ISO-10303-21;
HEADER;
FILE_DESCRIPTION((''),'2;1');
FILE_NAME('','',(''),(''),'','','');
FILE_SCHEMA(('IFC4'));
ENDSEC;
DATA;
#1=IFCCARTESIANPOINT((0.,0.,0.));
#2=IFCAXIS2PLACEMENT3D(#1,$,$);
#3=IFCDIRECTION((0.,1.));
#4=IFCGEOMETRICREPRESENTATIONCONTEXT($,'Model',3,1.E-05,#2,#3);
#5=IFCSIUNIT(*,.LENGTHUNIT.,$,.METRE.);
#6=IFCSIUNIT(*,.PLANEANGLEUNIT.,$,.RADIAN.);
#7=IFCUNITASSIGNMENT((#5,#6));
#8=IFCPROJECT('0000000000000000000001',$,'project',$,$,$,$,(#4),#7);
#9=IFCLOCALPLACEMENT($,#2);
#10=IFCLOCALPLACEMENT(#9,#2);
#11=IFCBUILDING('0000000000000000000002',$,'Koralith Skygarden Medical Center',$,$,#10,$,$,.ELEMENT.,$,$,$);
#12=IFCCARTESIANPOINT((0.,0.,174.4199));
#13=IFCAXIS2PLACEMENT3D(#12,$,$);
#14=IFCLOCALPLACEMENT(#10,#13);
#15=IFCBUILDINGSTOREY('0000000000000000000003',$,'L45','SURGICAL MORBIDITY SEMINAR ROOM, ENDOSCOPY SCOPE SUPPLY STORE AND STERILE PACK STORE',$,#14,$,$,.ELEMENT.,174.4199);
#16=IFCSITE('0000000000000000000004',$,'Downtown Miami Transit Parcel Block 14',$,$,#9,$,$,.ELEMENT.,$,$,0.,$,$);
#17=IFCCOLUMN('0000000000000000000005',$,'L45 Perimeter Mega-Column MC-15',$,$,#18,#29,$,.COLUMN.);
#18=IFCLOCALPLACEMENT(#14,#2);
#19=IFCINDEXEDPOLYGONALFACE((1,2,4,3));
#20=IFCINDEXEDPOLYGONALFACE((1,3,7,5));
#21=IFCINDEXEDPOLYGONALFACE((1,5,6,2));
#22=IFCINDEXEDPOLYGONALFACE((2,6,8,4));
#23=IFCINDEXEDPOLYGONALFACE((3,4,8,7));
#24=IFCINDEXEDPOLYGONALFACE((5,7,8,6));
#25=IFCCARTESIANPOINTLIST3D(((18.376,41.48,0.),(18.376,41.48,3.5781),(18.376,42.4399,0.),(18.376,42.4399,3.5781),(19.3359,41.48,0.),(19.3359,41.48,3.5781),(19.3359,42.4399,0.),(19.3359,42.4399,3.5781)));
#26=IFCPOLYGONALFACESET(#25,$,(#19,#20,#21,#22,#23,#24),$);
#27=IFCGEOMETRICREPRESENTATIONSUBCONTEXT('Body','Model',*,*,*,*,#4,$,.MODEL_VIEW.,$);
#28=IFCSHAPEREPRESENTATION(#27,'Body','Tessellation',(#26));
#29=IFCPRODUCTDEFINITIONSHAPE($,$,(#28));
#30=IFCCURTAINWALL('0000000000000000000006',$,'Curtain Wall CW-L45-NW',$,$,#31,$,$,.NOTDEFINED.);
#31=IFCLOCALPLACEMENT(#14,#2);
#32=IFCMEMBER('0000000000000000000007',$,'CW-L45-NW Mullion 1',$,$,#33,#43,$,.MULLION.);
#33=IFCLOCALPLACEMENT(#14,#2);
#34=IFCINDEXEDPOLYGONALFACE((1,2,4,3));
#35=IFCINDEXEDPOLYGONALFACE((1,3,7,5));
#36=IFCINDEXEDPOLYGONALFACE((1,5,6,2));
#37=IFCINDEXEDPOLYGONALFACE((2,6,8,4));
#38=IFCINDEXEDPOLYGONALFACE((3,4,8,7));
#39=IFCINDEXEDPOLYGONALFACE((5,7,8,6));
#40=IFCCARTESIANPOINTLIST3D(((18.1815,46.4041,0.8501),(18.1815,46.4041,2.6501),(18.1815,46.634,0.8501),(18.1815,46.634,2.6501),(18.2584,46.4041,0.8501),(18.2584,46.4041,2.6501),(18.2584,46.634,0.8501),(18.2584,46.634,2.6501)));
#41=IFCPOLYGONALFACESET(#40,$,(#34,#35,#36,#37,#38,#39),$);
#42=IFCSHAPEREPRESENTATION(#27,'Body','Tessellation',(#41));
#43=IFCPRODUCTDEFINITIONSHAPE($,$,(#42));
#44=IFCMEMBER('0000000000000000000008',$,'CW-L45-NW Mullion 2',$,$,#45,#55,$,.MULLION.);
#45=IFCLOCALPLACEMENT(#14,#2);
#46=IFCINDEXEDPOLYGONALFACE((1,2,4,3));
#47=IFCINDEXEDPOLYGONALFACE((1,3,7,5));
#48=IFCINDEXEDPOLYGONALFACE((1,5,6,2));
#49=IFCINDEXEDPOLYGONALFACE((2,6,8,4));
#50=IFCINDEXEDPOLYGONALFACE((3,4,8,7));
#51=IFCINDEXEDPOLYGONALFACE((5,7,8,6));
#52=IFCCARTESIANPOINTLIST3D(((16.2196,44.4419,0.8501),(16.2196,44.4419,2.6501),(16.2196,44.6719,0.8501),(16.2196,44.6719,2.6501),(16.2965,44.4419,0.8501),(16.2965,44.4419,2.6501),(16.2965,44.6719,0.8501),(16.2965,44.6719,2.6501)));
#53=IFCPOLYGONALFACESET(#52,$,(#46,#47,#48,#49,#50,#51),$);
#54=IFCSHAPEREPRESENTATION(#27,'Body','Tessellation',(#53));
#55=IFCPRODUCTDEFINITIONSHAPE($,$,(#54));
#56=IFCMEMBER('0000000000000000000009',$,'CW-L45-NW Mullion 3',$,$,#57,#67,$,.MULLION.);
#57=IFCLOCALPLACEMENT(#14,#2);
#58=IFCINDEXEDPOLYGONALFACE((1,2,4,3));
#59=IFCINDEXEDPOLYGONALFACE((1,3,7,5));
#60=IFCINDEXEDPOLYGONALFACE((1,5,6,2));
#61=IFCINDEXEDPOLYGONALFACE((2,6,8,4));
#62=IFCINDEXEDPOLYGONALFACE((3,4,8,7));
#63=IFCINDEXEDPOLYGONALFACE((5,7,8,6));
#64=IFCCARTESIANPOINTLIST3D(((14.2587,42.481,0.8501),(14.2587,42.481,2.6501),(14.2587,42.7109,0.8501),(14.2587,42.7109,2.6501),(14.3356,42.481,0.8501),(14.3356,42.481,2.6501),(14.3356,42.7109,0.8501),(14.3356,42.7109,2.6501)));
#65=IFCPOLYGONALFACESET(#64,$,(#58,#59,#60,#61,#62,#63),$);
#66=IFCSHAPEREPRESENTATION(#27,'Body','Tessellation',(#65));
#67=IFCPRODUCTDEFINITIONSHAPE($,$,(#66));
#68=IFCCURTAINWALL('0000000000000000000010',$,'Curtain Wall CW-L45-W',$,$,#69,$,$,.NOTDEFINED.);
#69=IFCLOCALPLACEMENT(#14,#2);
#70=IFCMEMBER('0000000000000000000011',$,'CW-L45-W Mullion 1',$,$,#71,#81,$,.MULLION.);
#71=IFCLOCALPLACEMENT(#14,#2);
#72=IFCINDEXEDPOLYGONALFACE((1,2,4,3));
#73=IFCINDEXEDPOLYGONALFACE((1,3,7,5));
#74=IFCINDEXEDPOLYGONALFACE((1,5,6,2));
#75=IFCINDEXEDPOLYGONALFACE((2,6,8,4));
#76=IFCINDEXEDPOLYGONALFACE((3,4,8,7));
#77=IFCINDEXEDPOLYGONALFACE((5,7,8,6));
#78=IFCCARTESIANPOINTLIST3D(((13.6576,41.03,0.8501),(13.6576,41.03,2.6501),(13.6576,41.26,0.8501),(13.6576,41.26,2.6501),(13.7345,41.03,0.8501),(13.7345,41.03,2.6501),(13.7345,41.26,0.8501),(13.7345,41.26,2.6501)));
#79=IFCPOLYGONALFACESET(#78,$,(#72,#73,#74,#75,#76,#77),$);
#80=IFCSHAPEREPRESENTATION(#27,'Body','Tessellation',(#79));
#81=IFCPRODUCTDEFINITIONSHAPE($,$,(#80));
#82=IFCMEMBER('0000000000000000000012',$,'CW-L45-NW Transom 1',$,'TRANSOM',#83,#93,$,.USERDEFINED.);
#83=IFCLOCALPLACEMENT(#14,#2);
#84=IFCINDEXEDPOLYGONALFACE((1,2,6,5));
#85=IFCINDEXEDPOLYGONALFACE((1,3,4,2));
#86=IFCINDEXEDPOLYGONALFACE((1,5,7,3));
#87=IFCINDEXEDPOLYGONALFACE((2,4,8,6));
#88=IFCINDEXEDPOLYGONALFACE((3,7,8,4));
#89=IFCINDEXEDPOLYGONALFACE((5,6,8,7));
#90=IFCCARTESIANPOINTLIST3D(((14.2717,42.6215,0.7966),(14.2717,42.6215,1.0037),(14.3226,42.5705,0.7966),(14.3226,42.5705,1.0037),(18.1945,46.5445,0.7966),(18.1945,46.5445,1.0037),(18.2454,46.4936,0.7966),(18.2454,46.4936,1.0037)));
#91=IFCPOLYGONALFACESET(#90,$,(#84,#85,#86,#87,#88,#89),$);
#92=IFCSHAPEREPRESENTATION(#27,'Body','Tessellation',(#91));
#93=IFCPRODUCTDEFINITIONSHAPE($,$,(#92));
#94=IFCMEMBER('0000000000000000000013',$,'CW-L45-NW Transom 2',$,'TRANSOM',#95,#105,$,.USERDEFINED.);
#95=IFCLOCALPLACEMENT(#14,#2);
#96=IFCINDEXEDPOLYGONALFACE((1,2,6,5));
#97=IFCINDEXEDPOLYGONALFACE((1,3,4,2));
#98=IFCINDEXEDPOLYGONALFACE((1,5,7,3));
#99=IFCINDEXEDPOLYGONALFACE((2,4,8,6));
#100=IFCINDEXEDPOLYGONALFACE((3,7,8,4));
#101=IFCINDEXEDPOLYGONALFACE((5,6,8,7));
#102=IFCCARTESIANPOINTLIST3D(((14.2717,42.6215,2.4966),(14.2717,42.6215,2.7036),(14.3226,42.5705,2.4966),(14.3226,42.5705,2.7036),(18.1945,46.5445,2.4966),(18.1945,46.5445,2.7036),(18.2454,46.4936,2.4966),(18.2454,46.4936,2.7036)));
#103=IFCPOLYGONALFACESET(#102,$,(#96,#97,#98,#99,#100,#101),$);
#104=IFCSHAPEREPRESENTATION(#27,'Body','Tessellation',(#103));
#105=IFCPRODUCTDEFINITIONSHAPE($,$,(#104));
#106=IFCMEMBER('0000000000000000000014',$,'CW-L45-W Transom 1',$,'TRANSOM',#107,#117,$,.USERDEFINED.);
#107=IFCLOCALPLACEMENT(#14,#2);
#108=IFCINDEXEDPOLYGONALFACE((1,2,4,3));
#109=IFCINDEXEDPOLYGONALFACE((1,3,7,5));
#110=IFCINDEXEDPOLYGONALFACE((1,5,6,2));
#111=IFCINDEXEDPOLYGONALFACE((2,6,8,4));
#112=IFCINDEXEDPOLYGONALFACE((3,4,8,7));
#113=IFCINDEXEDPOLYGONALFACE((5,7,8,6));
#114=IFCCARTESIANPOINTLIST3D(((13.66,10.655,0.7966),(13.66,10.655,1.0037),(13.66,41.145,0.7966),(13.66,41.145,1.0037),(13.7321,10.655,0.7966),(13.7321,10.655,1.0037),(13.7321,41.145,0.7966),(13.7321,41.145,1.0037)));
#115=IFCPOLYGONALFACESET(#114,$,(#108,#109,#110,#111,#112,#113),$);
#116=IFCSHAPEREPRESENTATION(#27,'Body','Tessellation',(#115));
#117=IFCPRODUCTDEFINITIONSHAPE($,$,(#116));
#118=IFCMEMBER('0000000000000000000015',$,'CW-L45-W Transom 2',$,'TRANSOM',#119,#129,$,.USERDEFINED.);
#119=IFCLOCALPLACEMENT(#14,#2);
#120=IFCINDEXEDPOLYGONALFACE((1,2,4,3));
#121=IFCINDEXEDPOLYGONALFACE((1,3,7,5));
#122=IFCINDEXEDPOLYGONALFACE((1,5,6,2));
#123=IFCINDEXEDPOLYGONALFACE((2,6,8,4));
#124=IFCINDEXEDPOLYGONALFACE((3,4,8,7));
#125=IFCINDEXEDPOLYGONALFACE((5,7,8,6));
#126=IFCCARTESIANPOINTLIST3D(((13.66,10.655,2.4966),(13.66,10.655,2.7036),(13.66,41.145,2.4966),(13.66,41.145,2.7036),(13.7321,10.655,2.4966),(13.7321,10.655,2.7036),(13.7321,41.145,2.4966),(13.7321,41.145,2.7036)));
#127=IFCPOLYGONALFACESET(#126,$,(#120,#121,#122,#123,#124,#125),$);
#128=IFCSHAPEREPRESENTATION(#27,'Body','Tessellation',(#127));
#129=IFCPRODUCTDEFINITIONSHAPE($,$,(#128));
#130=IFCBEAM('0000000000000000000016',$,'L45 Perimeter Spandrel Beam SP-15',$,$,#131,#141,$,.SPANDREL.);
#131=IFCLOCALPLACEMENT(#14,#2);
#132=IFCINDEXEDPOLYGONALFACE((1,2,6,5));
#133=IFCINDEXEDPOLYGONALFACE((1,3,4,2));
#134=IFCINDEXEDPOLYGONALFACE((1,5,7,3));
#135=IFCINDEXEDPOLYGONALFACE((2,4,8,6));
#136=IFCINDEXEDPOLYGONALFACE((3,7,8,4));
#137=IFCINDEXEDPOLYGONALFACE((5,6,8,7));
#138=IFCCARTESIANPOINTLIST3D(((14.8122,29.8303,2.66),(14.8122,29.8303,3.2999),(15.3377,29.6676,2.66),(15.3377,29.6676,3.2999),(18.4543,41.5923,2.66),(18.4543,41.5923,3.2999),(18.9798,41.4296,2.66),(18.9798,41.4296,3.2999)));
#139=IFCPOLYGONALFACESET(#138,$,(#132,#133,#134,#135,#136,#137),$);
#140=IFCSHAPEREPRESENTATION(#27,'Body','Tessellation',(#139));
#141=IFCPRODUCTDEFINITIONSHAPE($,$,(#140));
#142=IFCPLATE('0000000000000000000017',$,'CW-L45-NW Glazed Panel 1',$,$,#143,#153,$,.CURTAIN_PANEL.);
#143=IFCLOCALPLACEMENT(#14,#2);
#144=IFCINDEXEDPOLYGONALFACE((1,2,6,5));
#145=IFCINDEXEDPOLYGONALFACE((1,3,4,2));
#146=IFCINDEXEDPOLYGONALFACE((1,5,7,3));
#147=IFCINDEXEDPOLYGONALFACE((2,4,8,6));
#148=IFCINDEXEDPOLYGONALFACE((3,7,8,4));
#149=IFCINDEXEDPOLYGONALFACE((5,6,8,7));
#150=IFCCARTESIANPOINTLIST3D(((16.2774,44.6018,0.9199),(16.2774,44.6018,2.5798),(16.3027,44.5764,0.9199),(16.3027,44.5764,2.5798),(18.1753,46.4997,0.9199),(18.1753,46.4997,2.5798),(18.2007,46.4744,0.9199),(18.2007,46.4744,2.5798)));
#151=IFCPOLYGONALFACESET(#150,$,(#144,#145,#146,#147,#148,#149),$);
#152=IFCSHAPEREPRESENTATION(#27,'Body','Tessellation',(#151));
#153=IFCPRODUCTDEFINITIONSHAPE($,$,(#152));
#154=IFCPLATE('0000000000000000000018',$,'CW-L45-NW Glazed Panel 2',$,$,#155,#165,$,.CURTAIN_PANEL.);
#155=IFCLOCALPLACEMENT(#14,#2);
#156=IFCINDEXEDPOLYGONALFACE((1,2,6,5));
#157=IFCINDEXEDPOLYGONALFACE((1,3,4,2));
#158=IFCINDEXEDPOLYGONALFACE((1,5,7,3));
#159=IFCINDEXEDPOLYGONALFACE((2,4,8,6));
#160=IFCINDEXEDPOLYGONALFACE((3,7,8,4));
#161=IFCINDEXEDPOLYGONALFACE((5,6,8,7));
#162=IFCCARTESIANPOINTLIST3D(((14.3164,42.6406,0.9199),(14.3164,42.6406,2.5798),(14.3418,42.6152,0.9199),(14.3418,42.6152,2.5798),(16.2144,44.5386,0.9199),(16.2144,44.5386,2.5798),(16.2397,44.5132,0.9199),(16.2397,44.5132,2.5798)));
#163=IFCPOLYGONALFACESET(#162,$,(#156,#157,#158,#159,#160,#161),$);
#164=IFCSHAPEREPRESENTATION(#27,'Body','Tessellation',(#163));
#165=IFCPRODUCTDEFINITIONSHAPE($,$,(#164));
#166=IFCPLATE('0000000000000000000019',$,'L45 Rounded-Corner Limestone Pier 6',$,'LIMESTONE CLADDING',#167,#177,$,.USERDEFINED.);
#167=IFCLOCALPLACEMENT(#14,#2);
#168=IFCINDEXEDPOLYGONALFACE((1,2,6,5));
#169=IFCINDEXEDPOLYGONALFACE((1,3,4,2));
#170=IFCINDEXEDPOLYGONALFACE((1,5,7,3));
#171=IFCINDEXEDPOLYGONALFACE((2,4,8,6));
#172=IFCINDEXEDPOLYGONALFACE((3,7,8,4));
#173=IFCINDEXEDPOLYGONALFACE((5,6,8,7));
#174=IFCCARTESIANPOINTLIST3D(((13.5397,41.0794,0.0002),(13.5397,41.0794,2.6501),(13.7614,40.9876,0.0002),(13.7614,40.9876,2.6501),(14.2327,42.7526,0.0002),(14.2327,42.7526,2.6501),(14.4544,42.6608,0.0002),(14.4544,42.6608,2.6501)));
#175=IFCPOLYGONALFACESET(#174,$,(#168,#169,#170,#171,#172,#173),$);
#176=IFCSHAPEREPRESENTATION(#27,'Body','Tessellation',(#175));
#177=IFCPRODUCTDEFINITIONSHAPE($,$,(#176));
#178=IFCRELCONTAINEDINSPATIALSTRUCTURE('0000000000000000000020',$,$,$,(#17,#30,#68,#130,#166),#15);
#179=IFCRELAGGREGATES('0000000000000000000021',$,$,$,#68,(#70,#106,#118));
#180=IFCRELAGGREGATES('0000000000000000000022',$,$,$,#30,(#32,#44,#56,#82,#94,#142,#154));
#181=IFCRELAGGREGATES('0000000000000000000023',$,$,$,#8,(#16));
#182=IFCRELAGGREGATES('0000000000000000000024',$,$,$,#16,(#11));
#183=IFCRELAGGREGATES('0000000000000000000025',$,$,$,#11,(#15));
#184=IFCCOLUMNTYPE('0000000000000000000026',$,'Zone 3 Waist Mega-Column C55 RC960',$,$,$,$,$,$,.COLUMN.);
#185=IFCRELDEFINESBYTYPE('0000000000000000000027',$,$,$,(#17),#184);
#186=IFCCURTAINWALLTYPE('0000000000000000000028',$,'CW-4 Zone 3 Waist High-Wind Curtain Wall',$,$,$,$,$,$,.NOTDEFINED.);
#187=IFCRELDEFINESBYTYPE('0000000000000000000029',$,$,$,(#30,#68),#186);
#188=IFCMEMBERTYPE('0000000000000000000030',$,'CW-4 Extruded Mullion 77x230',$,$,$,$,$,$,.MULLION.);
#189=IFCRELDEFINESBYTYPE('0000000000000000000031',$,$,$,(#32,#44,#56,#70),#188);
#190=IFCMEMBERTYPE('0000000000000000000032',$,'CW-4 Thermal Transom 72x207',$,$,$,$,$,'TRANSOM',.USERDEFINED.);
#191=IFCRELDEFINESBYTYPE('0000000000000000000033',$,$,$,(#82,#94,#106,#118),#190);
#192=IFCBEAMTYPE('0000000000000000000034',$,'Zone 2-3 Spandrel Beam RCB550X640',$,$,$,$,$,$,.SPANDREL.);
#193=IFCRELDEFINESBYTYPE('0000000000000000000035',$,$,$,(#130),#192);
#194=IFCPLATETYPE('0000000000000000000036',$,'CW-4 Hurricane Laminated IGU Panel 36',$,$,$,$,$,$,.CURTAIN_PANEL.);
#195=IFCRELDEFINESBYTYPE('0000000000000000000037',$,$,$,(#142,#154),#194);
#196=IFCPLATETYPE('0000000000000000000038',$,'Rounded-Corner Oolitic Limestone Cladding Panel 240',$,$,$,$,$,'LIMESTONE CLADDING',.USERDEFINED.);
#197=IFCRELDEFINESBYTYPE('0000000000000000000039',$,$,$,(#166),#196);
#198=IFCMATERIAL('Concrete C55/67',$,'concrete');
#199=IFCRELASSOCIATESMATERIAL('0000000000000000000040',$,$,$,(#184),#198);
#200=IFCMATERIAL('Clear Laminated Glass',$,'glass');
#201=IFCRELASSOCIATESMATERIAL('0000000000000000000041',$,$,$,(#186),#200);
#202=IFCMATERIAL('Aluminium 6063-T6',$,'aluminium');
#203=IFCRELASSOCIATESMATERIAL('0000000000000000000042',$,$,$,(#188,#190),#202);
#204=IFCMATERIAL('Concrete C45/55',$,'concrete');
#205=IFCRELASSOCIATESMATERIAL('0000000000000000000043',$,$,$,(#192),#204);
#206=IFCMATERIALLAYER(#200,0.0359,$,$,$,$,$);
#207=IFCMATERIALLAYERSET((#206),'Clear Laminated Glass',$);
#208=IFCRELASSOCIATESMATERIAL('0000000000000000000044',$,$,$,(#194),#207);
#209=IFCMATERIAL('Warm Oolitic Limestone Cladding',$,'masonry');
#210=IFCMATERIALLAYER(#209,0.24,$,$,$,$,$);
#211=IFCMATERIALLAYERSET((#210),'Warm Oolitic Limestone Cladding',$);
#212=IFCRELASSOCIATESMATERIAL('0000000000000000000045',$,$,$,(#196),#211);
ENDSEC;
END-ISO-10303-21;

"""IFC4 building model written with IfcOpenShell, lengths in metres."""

from ifc_helpers import new_model, si_unit, direction, frame, origin, origin_2d, place, context, subcontext, project, spatial, rectangle, extrude, material, layer, layer_set, material_profile, profile_set, type_object, element, aggregate, save


model = new_model("IFC4")

# Units and contexts
model_context = context("Model", 3, precision=1e-05, world=origin(), true_north=direction((0.0, 1.0)))
body_context = subcontext(model_context, "Body", "Model", "MODEL_VIEW")
ifc_project = project(units=[si_unit("LENGTHUNIT", "METRE"), si_unit("PLANEANGLEUNIT", "RADIAN")], contexts=[model_context])

# Site, building, storey
site_placement = place(None, origin())
site = spatial("IfcSite", under=ifc_project, at=site_placement, Name="Downtown Miami Transit Parcel Block 14", CompositionType="ELEMENT", RefElevation=0.0)
building_placement = place(site_placement, origin())
building = spatial("IfcBuilding", under=site, at=building_placement, Name="Koralith Skygarden Medical Center", CompositionType="ELEMENT")
storey_placement = place(building_placement, frame((0.0, 0.0, 174.4199)))
storey = spatial("IfcBuildingStorey", under=building, at=storey_placement, Name="L45", Description="SURGICAL MORBIDITY SEMINAR ROOM, ENDOSCOPY SCOPE SUPPLY STORE AND STERILE PACK STORE", CompositionType="ELEMENT", Elevation=174.4199)

# Column
ifc_material_1 = material(Name="Concrete C55/67", Category="concrete")
ifc_material_profile_1 = material_profile(ifc_material_1, rectangle(XDim=0.96, YDim=0.96, at=origin_2d()), Name="RC960X960")
ifc_profile_set_1 = profile_set([ifc_material_profile_1], Name="Concrete C55/67")
column_type = type_object("IfcColumnType", Name="Zone 3 Waist Mega-Column C55 RC960", PredefinedType="COLUMN", material=ifc_profile_set_1)
column_placement = place(storey_placement, frame((18.856, 41.96, 0.0), z_axis=(0.0, 0.0, 1.0), x_axis=(1.0, 0.0, 0.0)))
element("IfcColumn", 1, at=column_placement, inside=storey, type_object=column_type, Name="L45 Perimeter Mega-Column MC-15", PredefinedType="COLUMN", context=body_context, shape_type="SweptSolid", body=[
    extrude(rectangle(XDim=0.96, YDim=0.96, at=origin_2d()), origin(), (0.0, 0.0, 1.0), 3.5781),
])

# Curtain wall, members
ifc_material_2 = material(Name="Clear Laminated Glass", Category="glass")
curtain_wall_type = type_object("IfcCurtainWallType", Name="CW-4 Zone 3 Waist High-Wind Curtain Wall", PredefinedType="NOTDEFINED", material=ifc_material_2)
curtain_wall_1_placement = place(storey_placement, origin())
curtain_wall_1 = element("IfcCurtainWall", 2, at=curtain_wall_1_placement, inside=storey, type_object=curtain_wall_type, Name="Curtain Wall CW-L45-NW", PredefinedType="NOTDEFINED")
ifc_material_3 = material(Name="Aluminium 6063-T6", Category="aluminium")
ifc_material_profile_2 = material_profile(ifc_material_3, rectangle(XDim=0.0769, YDim=0.23, at=origin_2d()), Name="MUL77X230")
ifc_profile_set_2 = profile_set([ifc_material_profile_2], Name="Aluminium 6063-T6")
member_type_1 = type_object("IfcMemberType", Name="CW-4 Extruded Mullion 77x230", PredefinedType="MULLION", material=ifc_profile_set_2)
member_1_placement = place(storey_placement, frame((18.22, 46.519, 0.8501), z_axis=(0.0, 0.0, 1.0), x_axis=(1.0, 0.0, 0.0)))
member_1 = element("IfcMember", 3, at=member_1_placement, type_object=member_type_1, Name="CW-L45-NW Mullion 1", PredefinedType="MULLION", context=body_context, shape_type="SweptSolid", body=[
    extrude(rectangle(XDim=0.0769, YDim=0.23, at=origin_2d()), origin(), (0.0, 0.0, 1.0), 1.8),
])
member_2_placement = place(storey_placement, frame((16.2581, 44.5569, 0.8501), z_axis=(0.0, 0.0, 1.0), x_axis=(1.0, 0.0, 0.0)))
member_2 = element("IfcMember", 4, at=member_2_placement, type_object=member_type_1, Name="CW-L45-NW Mullion 2", PredefinedType="MULLION", context=body_context, shape_type="SweptSolid", body=[
    extrude(rectangle(XDim=0.0769, YDim=0.23, at=origin_2d()), origin(), (0.0, 0.0, 1.0), 1.8),
])
member_3_placement = place(storey_placement, frame((14.2971, 42.5959, 0.8501), z_axis=(0.0, 0.0, 1.0), x_axis=(1.0, 0.0, 0.0)))
member_3 = element("IfcMember", 5, at=member_3_placement, type_object=member_type_1, Name="CW-L45-NW Mullion 3", PredefinedType="MULLION", context=body_context, shape_type="SweptSolid", body=[
    extrude(rectangle(XDim=0.0769, YDim=0.23, at=origin_2d()), origin(), (0.0, 0.0, 1.0), 1.8),
])

# Curtain wall, member
curtain_wall_2_placement = place(storey_placement, origin())
curtain_wall_2 = element("IfcCurtainWall", 6, at=curtain_wall_2_placement, inside=storey, type_object=curtain_wall_type, Name="Curtain Wall CW-L45-W", PredefinedType="NOTDEFINED")
member_4_placement = place(storey_placement, frame((13.696, 41.145, 0.8501), z_axis=(0.0, 0.0, 1.0), x_axis=(1.0, 0.0, 0.0)))
member_4 = element("IfcMember", 7, at=member_4_placement, type_object=member_type_1, Name="CW-L45-W Mullion 1", PredefinedType="MULLION", context=body_context, shape_type="SweptSolid", body=[
    extrude(rectangle(XDim=0.0769, YDim=0.23, at=origin_2d()), origin(), (0.0, 0.0, 1.0), 1.8),
])

# Members
ifc_material_profile_3 = material_profile(ifc_material_3, rectangle(XDim=0.072, YDim=0.207, at=origin_2d()), Name="TRN72X207")
ifc_profile_set_3 = profile_set([ifc_material_profile_3], Name="Aluminium 6063-T6")
member_type_2 = type_object("IfcMemberType", Name="CW-4 Thermal Transom 72x207", ElementType="TRANSOM", PredefinedType="USERDEFINED", material=ifc_profile_set_3)
member_5_placement = place(storey_placement, frame((18.22, 46.519, 0.9001), z_axis=(-0.707085, -0.707129, 0.0), x_axis=(0.707129, -0.707085, 0.0)))
member_5 = element("IfcMember", 8, at=member_5_placement, type_object=member_type_2, Name="CW-L45-NW Transom 1", ObjectType="TRANSOM", PredefinedType="USERDEFINED", context=body_context, shape_type="SweptSolid", body=[
    extrude(rectangle(XDim=0.072, YDim=0.207, at=origin_2d()), origin(), (0.0, 0.0, 1.0), 5.5479),
])
member_6_placement = place(storey_placement, frame((18.22, 46.519, 2.6001), z_axis=(-0.707085, -0.707129, 0.0), x_axis=(0.707129, -0.707085, 0.0)))
member_6 = element("IfcMember", 9, at=member_6_placement, type_object=member_type_2, Name="CW-L45-NW Transom 2", ObjectType="TRANSOM", PredefinedType="USERDEFINED", context=body_context, shape_type="SweptSolid", body=[
    extrude(rectangle(XDim=0.072, YDim=0.207, at=origin_2d()), origin(), (0.0, 0.0, 1.0), 5.5479),
])
member_7_placement = place(storey_placement, frame((13.696, 41.145, 0.9001), z_axis=(0.0, -1.0, 0.0), x_axis=(1.0, 0.0, 0.0)))
member_7 = element("IfcMember", 10, at=member_7_placement, type_object=member_type_2, Name="CW-L45-W Transom 1", ObjectType="TRANSOM", PredefinedType="USERDEFINED", context=body_context, shape_type="SweptSolid", body=[
    extrude(rectangle(XDim=0.072, YDim=0.207, at=origin_2d()), origin(), (0.0, 0.0, 1.0), 30.49),
])
member_8_placement = place(storey_placement, frame((13.696, 41.145, 2.6001), z_axis=(0.0, -1.0, 0.0), x_axis=(1.0, 0.0, 0.0)))
member_8 = element("IfcMember", 11, at=member_8_placement, type_object=member_type_2, Name="CW-L45-W Transom 2", ObjectType="TRANSOM", PredefinedType="USERDEFINED", context=body_context, shape_type="SweptSolid", body=[
    extrude(rectangle(XDim=0.072, YDim=0.207, at=origin_2d()), origin(), (0.0, 0.0, 1.0), 30.49),
])
aggregate(curtain_wall_2, [member_4, member_7, member_8])

# Beam
ifc_material_4 = material(Name="Concrete C45/55", Category="concrete")
ifc_material_profile_4 = material_profile(ifc_material_4, rectangle(XDim=0.55, YDim=0.6399, at=origin_2d()), Name="RCB550X640")
ifc_profile_set_4 = profile_set([ifc_material_profile_4], Name="Concrete C45/55")
beam_type = type_object("IfcBeamType", Name="Zone 2-3 Spandrel Beam RCB550X640", PredefinedType="SPANDREL", material=ifc_profile_set_4)
beam_placement = place(storey_placement, frame((18.717, 41.511, 2.98), z_axis=(-0.295794, -0.955252, 0.0), x_axis=(0.955252, -0.295794, 0.0)))
element("IfcBeam", 12, at=beam_placement, inside=storey, type_object=beam_type, Name="L45 Perimeter Spandrel Beam SP-15", PredefinedType="SPANDREL", context=body_context, shape_type="SweptSolid", body=[
    extrude(rectangle(XDim=0.55, YDim=0.6399, at=origin_2d()), origin(), (0.0, 0.0, 1.0), 12.313),
])

# Plates
ifc_layer_1 = layer(ifc_material_2, 0.0359)
ifc_layer_set_1 = layer_set([ifc_layer_1], Name="Clear Laminated Glass")
plate_type_1 = type_object("IfcPlateType", Name="CW-4 Hurricane Laminated IGU Panel 36", PredefinedType="CURTAIN_PANEL", material=ifc_layer_set_1)
plate_1_placement = place(storey_placement, frame((17.239, 45.5381, 0.9199), z_axis=(0.0, 0.0, 1.0), x_axis=(-0.707107, -0.707107, 0.0)))
plate_1 = element("IfcPlate", 13, at=plate_1_placement, type_object=plate_type_1, Name="CW-L45-NW Glazed Panel 1", PredefinedType="CURTAIN_PANEL", context=body_context, shape_type="SweptSolid", body=[
    extrude(rectangle(XDim=2.6841, YDim=0.0359, at=origin_2d()), origin(), (0.0, 0.0, 1.0), 1.6599),
])
plate_2_placement = place(storey_placement, frame((15.2781, 43.5769, 0.9199), z_axis=(0.0, 0.0, 1.0), x_axis=(-0.707107, -0.707107, 0.0)))
plate_2 = element("IfcPlate", 14, at=plate_2_placement, type_object=plate_type_1, Name="CW-L45-NW Glazed Panel 2", PredefinedType="CURTAIN_PANEL", context=body_context, shape_type="SweptSolid", body=[
    extrude(rectangle(XDim=2.6841, YDim=0.0359, at=origin_2d()), origin(), (0.0, 0.0, 1.0), 1.6599),
])
aggregate(curtain_wall_1, [member_1, member_2, member_3, member_5, member_6, plate_1, plate_2])
ifc_material_5 = material(Name="Warm Oolitic Limestone Cladding", Category="masonry")
ifc_layer_2 = layer(ifc_material_5, 0.24)
ifc_layer_set_2 = layer_set([ifc_layer_2], Name="Warm Oolitic Limestone Cladding")
plate_type_2 = type_object("IfcPlateType", Name="Rounded-Corner Oolitic Limestone Cladding Panel 240", ElementType="LIMESTONE CLADDING", PredefinedType="USERDEFINED", material=ifc_layer_set_2)
plate_3_placement = place(storey_placement, frame((13.9971, 41.8701, 0.0002), z_axis=(0.0, 0.0, 1.0), x_axis=(-0.382671, -0.923885, 0.0)))
element("IfcPlate", 15, at=plate_3_placement, inside=storey, type_object=plate_type_2, Name="L45 Rounded-Corner Limestone Pier 6", ObjectType="LIMESTONE CLADDING", PredefinedType="USERDEFINED", context=body_context, shape_type="SweptSolid", body=[
    extrude(rectangle(XDim=1.811, YDim=0.24, at=origin_2d()), origin(), (0.0, 0.0, 1.0), 2.6499),
])

save(model, "model.ifc")
